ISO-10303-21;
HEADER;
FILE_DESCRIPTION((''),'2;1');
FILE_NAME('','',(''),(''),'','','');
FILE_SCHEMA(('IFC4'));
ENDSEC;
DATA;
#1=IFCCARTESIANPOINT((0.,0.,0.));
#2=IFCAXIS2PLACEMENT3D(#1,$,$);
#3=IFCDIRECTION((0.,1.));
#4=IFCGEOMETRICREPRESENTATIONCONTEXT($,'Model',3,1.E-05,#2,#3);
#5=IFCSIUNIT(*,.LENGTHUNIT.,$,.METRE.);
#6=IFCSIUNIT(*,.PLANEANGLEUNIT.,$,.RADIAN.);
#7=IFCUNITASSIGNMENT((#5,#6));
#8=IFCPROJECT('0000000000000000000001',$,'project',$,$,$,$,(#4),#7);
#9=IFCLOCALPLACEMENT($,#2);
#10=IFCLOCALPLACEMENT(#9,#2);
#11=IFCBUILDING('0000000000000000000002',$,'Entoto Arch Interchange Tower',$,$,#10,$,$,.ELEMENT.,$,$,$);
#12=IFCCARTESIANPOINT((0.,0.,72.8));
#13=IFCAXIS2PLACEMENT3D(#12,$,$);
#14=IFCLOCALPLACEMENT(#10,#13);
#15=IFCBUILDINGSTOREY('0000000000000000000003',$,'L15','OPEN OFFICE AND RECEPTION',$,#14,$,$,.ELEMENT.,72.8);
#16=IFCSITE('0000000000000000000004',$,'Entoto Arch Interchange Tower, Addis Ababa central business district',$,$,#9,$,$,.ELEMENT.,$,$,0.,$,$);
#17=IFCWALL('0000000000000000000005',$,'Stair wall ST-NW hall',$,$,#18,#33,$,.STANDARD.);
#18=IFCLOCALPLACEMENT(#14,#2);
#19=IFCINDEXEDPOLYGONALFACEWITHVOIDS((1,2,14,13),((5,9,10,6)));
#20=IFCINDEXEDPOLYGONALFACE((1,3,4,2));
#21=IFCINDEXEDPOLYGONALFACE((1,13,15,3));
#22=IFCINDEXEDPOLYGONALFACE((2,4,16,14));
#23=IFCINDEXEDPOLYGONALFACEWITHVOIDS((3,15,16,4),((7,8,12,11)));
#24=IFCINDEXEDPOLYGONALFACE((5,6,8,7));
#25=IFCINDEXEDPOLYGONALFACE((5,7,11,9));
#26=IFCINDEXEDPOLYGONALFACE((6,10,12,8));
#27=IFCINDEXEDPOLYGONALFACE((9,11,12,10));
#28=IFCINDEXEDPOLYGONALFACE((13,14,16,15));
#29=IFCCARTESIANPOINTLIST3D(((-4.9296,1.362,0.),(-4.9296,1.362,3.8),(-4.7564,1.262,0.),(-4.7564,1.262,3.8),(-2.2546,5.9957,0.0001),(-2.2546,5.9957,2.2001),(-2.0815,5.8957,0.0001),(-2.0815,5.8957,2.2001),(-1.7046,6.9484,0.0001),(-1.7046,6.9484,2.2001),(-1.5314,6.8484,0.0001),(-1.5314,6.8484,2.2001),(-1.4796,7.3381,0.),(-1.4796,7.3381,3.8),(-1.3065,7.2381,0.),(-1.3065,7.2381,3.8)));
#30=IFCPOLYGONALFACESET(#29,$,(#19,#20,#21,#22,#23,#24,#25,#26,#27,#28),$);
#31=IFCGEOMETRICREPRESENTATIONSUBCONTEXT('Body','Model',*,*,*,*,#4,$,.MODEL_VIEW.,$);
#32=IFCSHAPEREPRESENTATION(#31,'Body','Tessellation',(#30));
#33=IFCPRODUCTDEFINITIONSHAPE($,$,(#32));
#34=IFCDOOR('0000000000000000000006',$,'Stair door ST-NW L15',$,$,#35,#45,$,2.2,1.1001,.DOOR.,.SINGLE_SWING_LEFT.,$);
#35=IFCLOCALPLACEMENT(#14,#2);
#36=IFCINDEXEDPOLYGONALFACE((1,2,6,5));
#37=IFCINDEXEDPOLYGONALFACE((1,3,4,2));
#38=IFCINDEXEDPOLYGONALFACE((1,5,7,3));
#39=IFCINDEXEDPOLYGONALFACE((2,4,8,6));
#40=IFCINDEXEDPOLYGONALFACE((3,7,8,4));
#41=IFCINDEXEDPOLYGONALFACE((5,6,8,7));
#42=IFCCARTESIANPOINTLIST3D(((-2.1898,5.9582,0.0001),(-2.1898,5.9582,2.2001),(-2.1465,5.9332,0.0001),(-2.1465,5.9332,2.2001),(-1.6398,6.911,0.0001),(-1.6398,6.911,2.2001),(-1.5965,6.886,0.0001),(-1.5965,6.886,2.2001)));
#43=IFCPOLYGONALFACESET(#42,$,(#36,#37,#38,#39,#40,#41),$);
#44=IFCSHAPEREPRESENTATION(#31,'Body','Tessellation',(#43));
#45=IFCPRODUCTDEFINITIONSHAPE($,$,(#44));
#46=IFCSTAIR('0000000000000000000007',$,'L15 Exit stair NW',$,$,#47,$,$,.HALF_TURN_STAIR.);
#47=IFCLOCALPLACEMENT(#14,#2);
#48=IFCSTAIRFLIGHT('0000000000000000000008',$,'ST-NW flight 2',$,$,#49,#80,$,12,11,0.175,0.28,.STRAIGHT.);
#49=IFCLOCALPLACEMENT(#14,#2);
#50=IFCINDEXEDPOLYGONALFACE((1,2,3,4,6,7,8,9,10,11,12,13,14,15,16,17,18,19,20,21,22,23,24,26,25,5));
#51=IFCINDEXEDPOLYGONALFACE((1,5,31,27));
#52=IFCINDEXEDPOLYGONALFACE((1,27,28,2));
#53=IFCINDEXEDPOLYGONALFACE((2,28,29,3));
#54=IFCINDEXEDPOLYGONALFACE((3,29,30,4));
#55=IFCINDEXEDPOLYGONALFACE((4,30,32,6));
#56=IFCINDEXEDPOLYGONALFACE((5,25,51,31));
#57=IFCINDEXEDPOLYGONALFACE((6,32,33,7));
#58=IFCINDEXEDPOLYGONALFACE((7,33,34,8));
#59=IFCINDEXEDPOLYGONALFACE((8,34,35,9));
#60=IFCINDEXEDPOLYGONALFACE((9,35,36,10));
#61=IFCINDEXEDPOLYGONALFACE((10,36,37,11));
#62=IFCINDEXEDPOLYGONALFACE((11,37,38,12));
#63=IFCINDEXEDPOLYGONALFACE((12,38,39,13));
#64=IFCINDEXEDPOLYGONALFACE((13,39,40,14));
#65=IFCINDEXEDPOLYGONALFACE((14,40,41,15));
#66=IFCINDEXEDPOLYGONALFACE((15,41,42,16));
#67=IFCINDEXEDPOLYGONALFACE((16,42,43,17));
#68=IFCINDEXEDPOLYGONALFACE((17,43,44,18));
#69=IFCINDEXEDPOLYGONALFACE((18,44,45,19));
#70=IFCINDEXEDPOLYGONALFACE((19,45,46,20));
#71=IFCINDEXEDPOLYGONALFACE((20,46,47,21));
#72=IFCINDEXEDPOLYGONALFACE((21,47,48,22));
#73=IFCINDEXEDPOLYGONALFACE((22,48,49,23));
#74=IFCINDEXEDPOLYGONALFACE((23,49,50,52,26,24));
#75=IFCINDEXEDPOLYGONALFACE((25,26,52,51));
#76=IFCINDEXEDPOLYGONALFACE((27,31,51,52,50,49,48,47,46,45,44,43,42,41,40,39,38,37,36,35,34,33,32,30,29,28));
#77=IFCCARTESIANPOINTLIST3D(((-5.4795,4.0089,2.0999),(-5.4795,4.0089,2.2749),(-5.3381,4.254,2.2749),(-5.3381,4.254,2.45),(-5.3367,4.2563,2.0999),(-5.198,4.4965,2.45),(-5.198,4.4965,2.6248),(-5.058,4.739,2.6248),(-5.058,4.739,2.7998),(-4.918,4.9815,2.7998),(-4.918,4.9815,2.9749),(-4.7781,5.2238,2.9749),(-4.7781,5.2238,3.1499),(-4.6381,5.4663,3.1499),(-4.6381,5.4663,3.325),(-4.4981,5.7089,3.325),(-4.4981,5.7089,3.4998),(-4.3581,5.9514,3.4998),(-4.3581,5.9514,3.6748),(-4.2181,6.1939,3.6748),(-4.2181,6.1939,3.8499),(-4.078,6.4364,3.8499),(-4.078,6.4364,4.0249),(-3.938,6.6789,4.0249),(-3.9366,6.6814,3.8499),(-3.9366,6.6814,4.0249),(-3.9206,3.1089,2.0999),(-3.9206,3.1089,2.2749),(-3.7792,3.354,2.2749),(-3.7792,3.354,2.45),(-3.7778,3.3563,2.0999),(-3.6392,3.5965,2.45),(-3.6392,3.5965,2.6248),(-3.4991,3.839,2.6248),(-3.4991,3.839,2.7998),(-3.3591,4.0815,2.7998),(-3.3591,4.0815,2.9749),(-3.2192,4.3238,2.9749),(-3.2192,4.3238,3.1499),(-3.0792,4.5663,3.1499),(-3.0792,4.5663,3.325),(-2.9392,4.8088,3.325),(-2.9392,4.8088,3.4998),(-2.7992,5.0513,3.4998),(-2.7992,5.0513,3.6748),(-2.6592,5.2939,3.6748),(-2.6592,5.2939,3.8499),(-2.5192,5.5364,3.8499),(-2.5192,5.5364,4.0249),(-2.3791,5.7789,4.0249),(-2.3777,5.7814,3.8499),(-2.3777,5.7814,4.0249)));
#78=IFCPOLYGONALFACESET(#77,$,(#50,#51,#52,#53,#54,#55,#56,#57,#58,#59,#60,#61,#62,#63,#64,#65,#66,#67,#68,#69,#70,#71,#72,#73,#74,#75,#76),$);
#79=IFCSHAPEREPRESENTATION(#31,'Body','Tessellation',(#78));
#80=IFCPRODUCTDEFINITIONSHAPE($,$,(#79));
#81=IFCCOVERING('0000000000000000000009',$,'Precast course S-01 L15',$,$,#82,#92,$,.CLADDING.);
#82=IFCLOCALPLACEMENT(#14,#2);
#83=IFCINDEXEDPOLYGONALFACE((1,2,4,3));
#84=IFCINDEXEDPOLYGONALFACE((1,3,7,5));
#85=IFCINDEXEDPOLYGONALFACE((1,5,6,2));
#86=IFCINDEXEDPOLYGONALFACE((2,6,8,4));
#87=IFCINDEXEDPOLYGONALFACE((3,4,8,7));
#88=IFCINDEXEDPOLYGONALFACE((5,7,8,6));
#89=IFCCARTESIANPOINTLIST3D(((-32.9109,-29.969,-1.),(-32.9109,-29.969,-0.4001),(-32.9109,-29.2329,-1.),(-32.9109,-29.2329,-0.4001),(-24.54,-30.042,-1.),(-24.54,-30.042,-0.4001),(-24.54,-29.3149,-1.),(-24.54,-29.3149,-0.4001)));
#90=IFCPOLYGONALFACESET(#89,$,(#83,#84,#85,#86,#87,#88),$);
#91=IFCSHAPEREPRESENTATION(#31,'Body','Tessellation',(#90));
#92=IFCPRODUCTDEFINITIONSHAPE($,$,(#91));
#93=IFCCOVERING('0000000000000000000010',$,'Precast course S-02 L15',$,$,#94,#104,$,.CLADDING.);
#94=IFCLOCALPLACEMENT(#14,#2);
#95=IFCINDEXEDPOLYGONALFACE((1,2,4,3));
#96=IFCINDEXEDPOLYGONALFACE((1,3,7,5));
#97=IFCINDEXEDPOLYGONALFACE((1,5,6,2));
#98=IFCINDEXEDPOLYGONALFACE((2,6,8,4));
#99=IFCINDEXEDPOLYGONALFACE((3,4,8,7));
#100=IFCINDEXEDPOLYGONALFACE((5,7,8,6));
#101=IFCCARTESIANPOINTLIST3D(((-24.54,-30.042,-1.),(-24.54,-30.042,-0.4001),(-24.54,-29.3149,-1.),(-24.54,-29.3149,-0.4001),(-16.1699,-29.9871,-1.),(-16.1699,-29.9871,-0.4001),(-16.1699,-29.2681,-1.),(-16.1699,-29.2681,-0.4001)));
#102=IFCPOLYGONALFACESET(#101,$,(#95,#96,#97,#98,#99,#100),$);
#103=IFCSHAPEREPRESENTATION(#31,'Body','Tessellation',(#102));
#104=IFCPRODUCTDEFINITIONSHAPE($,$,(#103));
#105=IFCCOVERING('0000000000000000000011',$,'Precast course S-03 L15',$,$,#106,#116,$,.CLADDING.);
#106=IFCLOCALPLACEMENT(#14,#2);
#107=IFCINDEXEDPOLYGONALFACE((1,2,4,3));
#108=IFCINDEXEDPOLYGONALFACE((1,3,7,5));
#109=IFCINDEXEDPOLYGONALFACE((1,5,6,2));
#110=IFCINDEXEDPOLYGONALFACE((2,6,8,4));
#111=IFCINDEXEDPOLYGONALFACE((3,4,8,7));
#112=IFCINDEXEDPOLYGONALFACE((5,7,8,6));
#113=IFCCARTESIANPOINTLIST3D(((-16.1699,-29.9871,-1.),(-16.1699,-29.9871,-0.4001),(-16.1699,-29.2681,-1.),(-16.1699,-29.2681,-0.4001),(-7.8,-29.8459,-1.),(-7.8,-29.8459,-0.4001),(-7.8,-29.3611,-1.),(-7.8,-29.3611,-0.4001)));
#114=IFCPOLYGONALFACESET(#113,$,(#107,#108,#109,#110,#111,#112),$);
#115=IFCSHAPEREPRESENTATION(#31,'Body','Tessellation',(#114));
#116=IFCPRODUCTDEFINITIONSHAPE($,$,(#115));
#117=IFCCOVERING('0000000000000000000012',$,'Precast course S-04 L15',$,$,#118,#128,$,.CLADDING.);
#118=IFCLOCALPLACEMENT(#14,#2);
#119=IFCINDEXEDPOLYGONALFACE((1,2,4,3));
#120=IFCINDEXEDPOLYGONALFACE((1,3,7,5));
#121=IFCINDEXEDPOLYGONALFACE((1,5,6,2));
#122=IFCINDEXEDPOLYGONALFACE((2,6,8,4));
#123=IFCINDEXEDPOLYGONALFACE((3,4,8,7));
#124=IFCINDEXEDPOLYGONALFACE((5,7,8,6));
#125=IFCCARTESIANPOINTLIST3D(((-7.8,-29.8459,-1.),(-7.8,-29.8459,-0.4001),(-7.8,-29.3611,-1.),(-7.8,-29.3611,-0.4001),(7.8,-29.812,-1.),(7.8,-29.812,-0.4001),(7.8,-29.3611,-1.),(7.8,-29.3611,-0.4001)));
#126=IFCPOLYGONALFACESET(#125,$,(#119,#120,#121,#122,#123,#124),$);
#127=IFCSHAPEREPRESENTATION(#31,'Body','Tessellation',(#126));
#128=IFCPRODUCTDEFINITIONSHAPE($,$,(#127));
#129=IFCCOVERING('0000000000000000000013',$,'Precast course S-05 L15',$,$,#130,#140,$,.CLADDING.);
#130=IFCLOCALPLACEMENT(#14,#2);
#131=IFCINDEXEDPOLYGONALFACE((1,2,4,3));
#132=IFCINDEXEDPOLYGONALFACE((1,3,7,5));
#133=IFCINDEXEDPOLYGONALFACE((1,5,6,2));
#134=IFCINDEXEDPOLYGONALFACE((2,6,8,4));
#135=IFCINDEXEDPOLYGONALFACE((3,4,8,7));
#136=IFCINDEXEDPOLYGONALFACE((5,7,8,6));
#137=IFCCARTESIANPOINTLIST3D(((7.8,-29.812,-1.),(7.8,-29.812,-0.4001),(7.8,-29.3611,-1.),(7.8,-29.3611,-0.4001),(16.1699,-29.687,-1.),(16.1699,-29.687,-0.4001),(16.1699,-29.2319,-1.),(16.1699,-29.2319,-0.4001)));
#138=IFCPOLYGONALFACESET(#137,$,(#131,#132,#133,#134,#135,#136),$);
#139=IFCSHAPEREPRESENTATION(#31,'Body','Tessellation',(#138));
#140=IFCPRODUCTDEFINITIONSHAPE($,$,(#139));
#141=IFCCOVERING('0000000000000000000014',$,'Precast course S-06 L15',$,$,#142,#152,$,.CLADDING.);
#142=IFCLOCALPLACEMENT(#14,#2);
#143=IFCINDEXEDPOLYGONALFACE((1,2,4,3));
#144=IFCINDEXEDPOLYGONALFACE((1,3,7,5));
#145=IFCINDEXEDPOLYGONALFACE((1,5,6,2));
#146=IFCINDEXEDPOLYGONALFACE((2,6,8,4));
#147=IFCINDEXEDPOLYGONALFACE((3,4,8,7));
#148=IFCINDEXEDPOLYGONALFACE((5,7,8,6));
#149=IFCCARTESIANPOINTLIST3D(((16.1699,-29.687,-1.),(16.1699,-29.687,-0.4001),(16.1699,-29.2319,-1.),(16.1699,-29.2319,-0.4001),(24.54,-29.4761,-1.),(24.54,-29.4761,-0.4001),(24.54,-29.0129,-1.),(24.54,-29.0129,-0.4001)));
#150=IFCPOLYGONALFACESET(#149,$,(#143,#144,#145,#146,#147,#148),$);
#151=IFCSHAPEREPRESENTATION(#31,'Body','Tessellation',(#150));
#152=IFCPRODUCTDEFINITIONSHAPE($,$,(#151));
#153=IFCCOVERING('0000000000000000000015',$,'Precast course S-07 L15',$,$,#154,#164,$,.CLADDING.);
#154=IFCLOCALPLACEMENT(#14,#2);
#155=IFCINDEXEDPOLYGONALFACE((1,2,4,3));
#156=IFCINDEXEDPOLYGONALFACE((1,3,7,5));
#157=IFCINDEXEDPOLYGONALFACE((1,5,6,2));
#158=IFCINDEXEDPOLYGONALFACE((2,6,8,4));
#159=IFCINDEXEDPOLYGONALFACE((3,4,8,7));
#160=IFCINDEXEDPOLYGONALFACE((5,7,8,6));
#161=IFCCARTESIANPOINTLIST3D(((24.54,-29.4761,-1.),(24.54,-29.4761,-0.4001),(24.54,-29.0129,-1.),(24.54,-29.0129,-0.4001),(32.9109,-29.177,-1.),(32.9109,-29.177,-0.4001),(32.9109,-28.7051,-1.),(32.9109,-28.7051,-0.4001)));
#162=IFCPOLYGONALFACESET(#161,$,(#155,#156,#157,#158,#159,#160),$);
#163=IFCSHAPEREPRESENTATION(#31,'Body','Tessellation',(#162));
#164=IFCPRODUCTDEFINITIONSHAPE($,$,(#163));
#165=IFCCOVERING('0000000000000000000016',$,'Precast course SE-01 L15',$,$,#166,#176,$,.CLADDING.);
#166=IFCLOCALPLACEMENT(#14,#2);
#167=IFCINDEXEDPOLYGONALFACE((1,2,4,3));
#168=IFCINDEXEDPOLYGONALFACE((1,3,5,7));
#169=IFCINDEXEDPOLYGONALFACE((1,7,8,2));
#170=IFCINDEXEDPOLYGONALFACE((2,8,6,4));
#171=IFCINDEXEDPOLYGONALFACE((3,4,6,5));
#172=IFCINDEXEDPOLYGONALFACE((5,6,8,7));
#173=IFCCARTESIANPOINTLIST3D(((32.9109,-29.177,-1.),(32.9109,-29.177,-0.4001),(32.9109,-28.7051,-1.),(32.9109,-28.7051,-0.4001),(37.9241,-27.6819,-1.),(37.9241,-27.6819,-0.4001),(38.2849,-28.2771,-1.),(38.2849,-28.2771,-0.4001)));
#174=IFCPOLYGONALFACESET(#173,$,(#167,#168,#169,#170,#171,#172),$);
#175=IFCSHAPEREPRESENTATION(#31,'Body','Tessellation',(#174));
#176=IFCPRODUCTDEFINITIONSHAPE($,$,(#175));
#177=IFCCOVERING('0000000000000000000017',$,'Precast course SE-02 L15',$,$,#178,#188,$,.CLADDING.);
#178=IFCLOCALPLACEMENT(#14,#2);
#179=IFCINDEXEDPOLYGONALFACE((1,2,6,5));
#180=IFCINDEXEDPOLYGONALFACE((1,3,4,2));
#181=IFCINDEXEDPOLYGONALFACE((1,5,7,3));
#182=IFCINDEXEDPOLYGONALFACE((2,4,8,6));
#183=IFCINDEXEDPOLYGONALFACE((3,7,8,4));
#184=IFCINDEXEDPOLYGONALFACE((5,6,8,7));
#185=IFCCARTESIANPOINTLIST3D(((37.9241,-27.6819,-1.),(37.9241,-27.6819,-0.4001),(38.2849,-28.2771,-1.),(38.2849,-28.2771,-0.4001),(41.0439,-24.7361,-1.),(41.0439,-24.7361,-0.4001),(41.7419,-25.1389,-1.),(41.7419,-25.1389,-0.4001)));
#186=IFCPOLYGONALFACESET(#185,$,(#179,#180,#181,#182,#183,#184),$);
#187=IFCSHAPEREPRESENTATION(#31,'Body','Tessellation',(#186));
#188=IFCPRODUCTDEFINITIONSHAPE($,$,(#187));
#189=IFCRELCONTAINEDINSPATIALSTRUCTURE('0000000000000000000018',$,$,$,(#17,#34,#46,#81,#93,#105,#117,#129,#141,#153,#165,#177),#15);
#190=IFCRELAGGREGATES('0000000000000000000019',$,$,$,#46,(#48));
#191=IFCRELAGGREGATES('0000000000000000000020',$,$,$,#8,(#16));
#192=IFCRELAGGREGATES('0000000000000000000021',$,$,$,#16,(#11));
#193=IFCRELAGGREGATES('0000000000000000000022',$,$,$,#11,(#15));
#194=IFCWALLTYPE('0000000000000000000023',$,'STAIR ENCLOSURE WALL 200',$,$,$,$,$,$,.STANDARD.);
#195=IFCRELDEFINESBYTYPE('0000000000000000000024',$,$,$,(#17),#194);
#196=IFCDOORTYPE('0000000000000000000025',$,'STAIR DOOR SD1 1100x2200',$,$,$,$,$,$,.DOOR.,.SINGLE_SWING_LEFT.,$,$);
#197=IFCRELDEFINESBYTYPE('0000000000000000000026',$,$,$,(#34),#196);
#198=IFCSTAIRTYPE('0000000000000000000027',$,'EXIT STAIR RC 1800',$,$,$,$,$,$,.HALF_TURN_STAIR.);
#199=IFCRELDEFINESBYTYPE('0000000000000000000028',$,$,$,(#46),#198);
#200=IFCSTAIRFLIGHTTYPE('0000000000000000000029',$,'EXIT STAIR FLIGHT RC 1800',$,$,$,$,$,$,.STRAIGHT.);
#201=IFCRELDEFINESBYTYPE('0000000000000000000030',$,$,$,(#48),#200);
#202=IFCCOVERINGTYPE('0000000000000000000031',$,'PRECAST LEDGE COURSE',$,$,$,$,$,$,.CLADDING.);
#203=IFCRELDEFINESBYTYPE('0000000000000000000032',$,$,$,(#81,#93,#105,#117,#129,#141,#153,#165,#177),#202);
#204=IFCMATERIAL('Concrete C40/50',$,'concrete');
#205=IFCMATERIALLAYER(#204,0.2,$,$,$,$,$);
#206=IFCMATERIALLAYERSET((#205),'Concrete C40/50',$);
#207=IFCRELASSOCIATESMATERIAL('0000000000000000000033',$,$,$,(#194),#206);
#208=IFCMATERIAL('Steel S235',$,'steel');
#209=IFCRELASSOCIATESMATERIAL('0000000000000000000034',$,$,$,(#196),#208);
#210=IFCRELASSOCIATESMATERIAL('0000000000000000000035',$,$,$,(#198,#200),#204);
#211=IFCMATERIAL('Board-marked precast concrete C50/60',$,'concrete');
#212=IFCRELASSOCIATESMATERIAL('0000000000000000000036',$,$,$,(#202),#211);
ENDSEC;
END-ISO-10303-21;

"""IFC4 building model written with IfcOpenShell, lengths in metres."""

from ifc_helpers import new_model, si_unit, direction, frame, frame_2d, origin, place, context, subcontext, project, spatial, polyline, rectangle, outline, extrude, material, layer, layer_set, type_object, element, fill, aggregate, save


model = new_model("IFC4")

# Units and contexts
model_context = context("Model", 3, precision=1e-05, world=origin(), true_north=direction((0.0, 1.0)))
body_context = subcontext(model_context, "Body", "Model", "MODEL_VIEW")
ifc_project = project(units=[si_unit("LENGTHUNIT", "METRE"), si_unit("PLANEANGLEUNIT", "RADIAN")], contexts=[model_context])

# Site, building, storey
site_placement = place(None, origin())
site = spatial("IfcSite", under=ifc_project, at=site_placement, Name="Entoto Arch Interchange Tower, Addis Ababa central business district", CompositionType="ELEMENT", RefElevation=0.0)
building_placement = place(site_placement, origin())
building = spatial("IfcBuilding", under=site, at=building_placement, Name="Entoto Arch Interchange Tower", CompositionType="ELEMENT")
storey_placement = place(building_placement, frame((0.0, 0.0, 72.8)))
storey = spatial("IfcBuildingStorey", under=building, at=storey_placement, Name="L15", Description="OPEN OFFICE AND RECEPTION", CompositionType="ELEMENT", Elevation=72.8)

# Shared definitions
ifc_material_1 = material(Name="Concrete C40/50", Category="concrete")
ifc_layer_1 = layer(ifc_material_1, 0.2)
ifc_layer_set_1 = layer_set([ifc_layer_1], Name="Concrete C40/50")
wall_type_1 = type_object("IfcWallType", Name="STAIR ENCLOSURE WALL 200", PredefinedType="STANDARD", material=ifc_layer_set_1)
ifc_material_2 = material(Name="Steel S235", Category="steel")
door_type_1 = type_object("IfcDoorType", Name="STAIR DOOR SD1 1100x2200", OperationType="SINGLE_SWING_LEFT", PredefinedType="DOOR", material=ifc_material_2)

# Wall, opening, door
wall_1_placement = place(storey_placement, frame((-1.3931, 7.2881, 0.0), z_axis=(0.0, 0.0, 1.0), x_axis=(-0.499963, -0.866047, 0.0)))
wall_1 = element("IfcWall", 1, at=wall_1_placement, inside=storey, type_object=wall_type_1, Name="Stair wall ST-NW hall", PredefinedType="STANDARD", context=body_context, shape_type="SweptSolid", body=[
    extrude(rectangle(XDim=6.9004, YDim=0.2, at=frame_2d((3.4502, 0.0))), origin(), (0.0, 0.0, 1.0), 3.8),
])
opening_1_placement = place(wall_1_placement, frame((0.45, 0.0, 0.0)))
opening_1 = element("IfcOpeningElement", 2, at=opening_1_placement, cuts=wall_1, PredefinedType="OPENING", context=body_context, shape_type="SweptSolid", body=[
    extrude(rectangle(XDim=1.1001, YDim=2.2, at=frame_2d((0.55, 1.1001))), frame((0.0, 0.1099, 0.0), z_axis=(0.0, -1.0, 0.0), x_axis=(1.0, 0.0, 0.0)), (0.0, 0.0, 1.0), 0.22),
])
door_1_placement = place(opening_1_placement, origin())
door_1 = element("IfcDoor", 3, at=door_1_placement, inside=storey, type_object=door_type_1, Name="Stair door ST-NW L15", OperationType="SINGLE_SWING_LEFT", OverallHeight=2.2, OverallWidth=1.1001, PredefinedType="DOOR", context=body_context, shape_type="SweptSolid", body=[
    extrude(rectangle(XDim=1.1001, YDim=2.2, at=frame_2d((0.55, 1.1001))), frame((0.0, 0.0249, 0.0), z_axis=(0.0, -1.0, 0.0), x_axis=(1.0, 0.0, 0.0)), (0.0, 0.0, 1.0), 0.05),
])
fill(opening_1, door_1)

# Stair, stair flight
stair_type = type_object("IfcStairType", Name="EXIT STAIR RC 1800", PredefinedType="HALF_TURN_STAIR", material=ifc_material_1)
stair_placement = place(storey_placement, origin())
stair = element("IfcStair", 4, at=stair_placement, inside=storey, type_object=stair_type, Name="L15 Exit stair NW", PredefinedType="HALF_TURN_STAIR")
stair_flight_type = type_object("IfcStairFlightType", Name="EXIT STAIR FLIGHT RC 1800", PredefinedType="STRAIGHT", material=ifc_material_1)
stair_flight_placement = place(storey_placement, frame((-4.6987, 3.5615, 2.0999), z_axis=(0.0, 0.0, 1.0), x_axis=(0.5, 0.866025, 0.0)))
stair_flight = element("IfcStairFlight", 5, at=stair_flight_placement, type_object=stair_flight_type, Name="ST-NW flight 2", NumberOfRisers=12, NumberOfTreads=11, PredefinedType="STRAIGHT", RiserHeight=0.175, TreadLength=0.28, context=body_context, shape_type="SweptSolid", body=[
    extrude(outline(polyline([(-0.0029, 0.0), (-0.0029, 0.175), (0.28, 0.175), (0.28, 0.3501), (0.5601, 0.3501), (0.5601, 0.5249), (0.8401, 0.5249), (0.8401, 0.7), (1.1201, 0.7), (1.1201, 0.875), (1.3999, 0.875), (1.3999, 1.05), (1.6799, 1.05), (1.6799, 1.2251), (1.96, 1.2251), (1.96, 1.3999), (2.24, 1.3999), (2.24, 1.575), (2.52, 1.575), (2.52, 1.75), (2.8, 1.75), (2.8, 1.925), (3.0801, 1.925), (3.083, 1.925), (3.083, 1.75), (0.2827, 0.0), (-0.0029, 0.0)])), frame((0.0, 0.8999, 0.0), z_axis=(0.0, -1.0, 0.0), x_axis=(1.0, 0.0, 0.0)), (0.0, 0.0, 1.0), 1.8),
])
aggregate(stair, [stair_flight])

# Coverings
ifc_material_3 = material(Name="Board-marked precast concrete C50/60", Category="concrete")
covering_type = type_object("IfcCoveringType", Name="PRECAST LEDGE COURSE", PredefinedType="CLADDING", material=ifc_material_3)
covering_1_placement = place(storey_placement, frame((0.0, 0.0, -1.0)))
element("IfcCovering", 6, at=covering_1_placement, inside=storey, type_object=covering_type, Name="Precast course S-01 L15", PredefinedType="CLADDING", context=body_context, shape_type="SweptSolid", body=[
    extrude(outline(polyline([(-24.54, -29.3149), (-24.54, -30.042), (-32.9109, -29.969), (-32.9109, -29.2329), (-24.54, -29.3149)])), origin(), (0.0, 0.0, 1.0), 0.5999),
])
covering_2_placement = place(storey_placement, frame((0.0, 0.0, -1.0)))
element("IfcCovering", 7, at=covering_2_placement, inside=storey, type_object=covering_type, Name="Precast course S-02 L15", PredefinedType="CLADDING", context=body_context, shape_type="SweptSolid", body=[
    extrude(outline(polyline([(-16.1699, -29.2681), (-16.1699, -29.9871), (-24.54, -30.042), (-24.54, -29.3149), (-16.1699, -29.2681)])), origin(), (0.0, 0.0, 1.0), 0.5999),
])
covering_3_placement = place(storey_placement, frame((0.0, 0.0, -1.0)))
element("IfcCovering", 8, at=covering_3_placement, inside=storey, type_object=covering_type, Name="Precast course S-03 L15", PredefinedType="CLADDING", context=body_context, shape_type="SweptSolid", body=[
    extrude(outline(polyline([(-7.8, -29.3611), (-7.8, -29.8459), (-16.1699, -29.9871), (-16.1699, -29.2681), (-7.8, -29.3611)])), origin(), (0.0, 0.0, 1.0), 0.5999),
])
covering_4_placement = place(storey_placement, frame((0.0, 0.0, -1.0)))
element("IfcCovering", 9, at=covering_4_placement, inside=storey, type_object=covering_type, Name="Precast course S-04 L15", PredefinedType="CLADDING", context=body_context, shape_type="SweptSolid", body=[
    extrude(outline(polyline([(7.8, -29.3611), (7.8, -29.812), (-7.8, -29.8459), (-7.8, -29.3611), (7.8, -29.3611)])), origin(), (0.0, 0.0, 1.0), 0.5999),
])
covering_5_placement = place(storey_placement, frame((0.0, 0.0, -1.0)))
element("IfcCovering", 10, at=covering_5_placement, inside=storey, type_object=covering_type, Name="Precast course S-05 L15", PredefinedType="CLADDING", context=body_context, shape_type="SweptSolid", body=[
    extrude(outline(polyline([(16.1699, -29.2319), (16.1699, -29.687), (7.8, -29.812), (7.8, -29.3611), (16.1699, -29.2319)])), origin(), (0.0, 0.0, 1.0), 0.5999),
])
covering_6_placement = place(storey_placement, frame((0.0, 0.0, -1.0)))
element("IfcCovering", 11, at=covering_6_placement, inside=storey, type_object=covering_type, Name="Precast course S-06 L15", PredefinedType="CLADDING", context=body_context, shape_type="SweptSolid", body=[
    extrude(outline(polyline([(24.54, -29.0129), (24.54, -29.4761), (16.1699, -29.687), (16.1699, -29.2319), (24.54, -29.0129)])), origin(), (0.0, 0.0, 1.0), 0.5999),
])
covering_7_placement = place(storey_placement, frame((0.0, 0.0, -1.0)))
element("IfcCovering", 12, at=covering_7_placement, inside=storey, type_object=covering_type, Name="Precast course S-07 L15", PredefinedType="CLADDING", context=body_context, shape_type="SweptSolid", body=[
    extrude(outline(polyline([(32.9109, -28.7051), (32.9109, -29.177), (24.54, -29.4761), (24.54, -29.0129), (32.9109, -28.7051)])), origin(), (0.0, 0.0, 1.0), 0.5999),
])
covering_8_placement = place(storey_placement, frame((0.0, 0.0, -1.0)))
element("IfcCovering", 13, at=covering_8_placement, inside=storey, type_object=covering_type, Name="Precast course SE-01 L15", PredefinedType="CLADDING", context=body_context, shape_type="SweptSolid", body=[
    extrude(outline(polyline([(37.9241, -27.6819), (38.2849, -28.2771), (32.9109, -29.177), (32.9109, -28.7051), (37.9241, -27.6819)])), origin(), (0.0, 0.0, 1.0), 0.5999),
])
covering_9_placement = place(storey_placement, frame((0.0, 0.0, -1.0)))
element("IfcCovering", 14, at=covering_9_placement, inside=storey, type_object=covering_type, Name="Precast course SE-02 L15", PredefinedType="CLADDING", context=body_context, shape_type="SweptSolid", body=[
    extrude(outline(polyline([(41.0439, -24.7361), (41.7419, -25.1389), (38.2849, -28.2771), (37.9241, -27.6819), (41.0439, -24.7361)])), origin(), (0.0, 0.0, 1.0), 0.5999),
])

save(model, "model.ifc")
